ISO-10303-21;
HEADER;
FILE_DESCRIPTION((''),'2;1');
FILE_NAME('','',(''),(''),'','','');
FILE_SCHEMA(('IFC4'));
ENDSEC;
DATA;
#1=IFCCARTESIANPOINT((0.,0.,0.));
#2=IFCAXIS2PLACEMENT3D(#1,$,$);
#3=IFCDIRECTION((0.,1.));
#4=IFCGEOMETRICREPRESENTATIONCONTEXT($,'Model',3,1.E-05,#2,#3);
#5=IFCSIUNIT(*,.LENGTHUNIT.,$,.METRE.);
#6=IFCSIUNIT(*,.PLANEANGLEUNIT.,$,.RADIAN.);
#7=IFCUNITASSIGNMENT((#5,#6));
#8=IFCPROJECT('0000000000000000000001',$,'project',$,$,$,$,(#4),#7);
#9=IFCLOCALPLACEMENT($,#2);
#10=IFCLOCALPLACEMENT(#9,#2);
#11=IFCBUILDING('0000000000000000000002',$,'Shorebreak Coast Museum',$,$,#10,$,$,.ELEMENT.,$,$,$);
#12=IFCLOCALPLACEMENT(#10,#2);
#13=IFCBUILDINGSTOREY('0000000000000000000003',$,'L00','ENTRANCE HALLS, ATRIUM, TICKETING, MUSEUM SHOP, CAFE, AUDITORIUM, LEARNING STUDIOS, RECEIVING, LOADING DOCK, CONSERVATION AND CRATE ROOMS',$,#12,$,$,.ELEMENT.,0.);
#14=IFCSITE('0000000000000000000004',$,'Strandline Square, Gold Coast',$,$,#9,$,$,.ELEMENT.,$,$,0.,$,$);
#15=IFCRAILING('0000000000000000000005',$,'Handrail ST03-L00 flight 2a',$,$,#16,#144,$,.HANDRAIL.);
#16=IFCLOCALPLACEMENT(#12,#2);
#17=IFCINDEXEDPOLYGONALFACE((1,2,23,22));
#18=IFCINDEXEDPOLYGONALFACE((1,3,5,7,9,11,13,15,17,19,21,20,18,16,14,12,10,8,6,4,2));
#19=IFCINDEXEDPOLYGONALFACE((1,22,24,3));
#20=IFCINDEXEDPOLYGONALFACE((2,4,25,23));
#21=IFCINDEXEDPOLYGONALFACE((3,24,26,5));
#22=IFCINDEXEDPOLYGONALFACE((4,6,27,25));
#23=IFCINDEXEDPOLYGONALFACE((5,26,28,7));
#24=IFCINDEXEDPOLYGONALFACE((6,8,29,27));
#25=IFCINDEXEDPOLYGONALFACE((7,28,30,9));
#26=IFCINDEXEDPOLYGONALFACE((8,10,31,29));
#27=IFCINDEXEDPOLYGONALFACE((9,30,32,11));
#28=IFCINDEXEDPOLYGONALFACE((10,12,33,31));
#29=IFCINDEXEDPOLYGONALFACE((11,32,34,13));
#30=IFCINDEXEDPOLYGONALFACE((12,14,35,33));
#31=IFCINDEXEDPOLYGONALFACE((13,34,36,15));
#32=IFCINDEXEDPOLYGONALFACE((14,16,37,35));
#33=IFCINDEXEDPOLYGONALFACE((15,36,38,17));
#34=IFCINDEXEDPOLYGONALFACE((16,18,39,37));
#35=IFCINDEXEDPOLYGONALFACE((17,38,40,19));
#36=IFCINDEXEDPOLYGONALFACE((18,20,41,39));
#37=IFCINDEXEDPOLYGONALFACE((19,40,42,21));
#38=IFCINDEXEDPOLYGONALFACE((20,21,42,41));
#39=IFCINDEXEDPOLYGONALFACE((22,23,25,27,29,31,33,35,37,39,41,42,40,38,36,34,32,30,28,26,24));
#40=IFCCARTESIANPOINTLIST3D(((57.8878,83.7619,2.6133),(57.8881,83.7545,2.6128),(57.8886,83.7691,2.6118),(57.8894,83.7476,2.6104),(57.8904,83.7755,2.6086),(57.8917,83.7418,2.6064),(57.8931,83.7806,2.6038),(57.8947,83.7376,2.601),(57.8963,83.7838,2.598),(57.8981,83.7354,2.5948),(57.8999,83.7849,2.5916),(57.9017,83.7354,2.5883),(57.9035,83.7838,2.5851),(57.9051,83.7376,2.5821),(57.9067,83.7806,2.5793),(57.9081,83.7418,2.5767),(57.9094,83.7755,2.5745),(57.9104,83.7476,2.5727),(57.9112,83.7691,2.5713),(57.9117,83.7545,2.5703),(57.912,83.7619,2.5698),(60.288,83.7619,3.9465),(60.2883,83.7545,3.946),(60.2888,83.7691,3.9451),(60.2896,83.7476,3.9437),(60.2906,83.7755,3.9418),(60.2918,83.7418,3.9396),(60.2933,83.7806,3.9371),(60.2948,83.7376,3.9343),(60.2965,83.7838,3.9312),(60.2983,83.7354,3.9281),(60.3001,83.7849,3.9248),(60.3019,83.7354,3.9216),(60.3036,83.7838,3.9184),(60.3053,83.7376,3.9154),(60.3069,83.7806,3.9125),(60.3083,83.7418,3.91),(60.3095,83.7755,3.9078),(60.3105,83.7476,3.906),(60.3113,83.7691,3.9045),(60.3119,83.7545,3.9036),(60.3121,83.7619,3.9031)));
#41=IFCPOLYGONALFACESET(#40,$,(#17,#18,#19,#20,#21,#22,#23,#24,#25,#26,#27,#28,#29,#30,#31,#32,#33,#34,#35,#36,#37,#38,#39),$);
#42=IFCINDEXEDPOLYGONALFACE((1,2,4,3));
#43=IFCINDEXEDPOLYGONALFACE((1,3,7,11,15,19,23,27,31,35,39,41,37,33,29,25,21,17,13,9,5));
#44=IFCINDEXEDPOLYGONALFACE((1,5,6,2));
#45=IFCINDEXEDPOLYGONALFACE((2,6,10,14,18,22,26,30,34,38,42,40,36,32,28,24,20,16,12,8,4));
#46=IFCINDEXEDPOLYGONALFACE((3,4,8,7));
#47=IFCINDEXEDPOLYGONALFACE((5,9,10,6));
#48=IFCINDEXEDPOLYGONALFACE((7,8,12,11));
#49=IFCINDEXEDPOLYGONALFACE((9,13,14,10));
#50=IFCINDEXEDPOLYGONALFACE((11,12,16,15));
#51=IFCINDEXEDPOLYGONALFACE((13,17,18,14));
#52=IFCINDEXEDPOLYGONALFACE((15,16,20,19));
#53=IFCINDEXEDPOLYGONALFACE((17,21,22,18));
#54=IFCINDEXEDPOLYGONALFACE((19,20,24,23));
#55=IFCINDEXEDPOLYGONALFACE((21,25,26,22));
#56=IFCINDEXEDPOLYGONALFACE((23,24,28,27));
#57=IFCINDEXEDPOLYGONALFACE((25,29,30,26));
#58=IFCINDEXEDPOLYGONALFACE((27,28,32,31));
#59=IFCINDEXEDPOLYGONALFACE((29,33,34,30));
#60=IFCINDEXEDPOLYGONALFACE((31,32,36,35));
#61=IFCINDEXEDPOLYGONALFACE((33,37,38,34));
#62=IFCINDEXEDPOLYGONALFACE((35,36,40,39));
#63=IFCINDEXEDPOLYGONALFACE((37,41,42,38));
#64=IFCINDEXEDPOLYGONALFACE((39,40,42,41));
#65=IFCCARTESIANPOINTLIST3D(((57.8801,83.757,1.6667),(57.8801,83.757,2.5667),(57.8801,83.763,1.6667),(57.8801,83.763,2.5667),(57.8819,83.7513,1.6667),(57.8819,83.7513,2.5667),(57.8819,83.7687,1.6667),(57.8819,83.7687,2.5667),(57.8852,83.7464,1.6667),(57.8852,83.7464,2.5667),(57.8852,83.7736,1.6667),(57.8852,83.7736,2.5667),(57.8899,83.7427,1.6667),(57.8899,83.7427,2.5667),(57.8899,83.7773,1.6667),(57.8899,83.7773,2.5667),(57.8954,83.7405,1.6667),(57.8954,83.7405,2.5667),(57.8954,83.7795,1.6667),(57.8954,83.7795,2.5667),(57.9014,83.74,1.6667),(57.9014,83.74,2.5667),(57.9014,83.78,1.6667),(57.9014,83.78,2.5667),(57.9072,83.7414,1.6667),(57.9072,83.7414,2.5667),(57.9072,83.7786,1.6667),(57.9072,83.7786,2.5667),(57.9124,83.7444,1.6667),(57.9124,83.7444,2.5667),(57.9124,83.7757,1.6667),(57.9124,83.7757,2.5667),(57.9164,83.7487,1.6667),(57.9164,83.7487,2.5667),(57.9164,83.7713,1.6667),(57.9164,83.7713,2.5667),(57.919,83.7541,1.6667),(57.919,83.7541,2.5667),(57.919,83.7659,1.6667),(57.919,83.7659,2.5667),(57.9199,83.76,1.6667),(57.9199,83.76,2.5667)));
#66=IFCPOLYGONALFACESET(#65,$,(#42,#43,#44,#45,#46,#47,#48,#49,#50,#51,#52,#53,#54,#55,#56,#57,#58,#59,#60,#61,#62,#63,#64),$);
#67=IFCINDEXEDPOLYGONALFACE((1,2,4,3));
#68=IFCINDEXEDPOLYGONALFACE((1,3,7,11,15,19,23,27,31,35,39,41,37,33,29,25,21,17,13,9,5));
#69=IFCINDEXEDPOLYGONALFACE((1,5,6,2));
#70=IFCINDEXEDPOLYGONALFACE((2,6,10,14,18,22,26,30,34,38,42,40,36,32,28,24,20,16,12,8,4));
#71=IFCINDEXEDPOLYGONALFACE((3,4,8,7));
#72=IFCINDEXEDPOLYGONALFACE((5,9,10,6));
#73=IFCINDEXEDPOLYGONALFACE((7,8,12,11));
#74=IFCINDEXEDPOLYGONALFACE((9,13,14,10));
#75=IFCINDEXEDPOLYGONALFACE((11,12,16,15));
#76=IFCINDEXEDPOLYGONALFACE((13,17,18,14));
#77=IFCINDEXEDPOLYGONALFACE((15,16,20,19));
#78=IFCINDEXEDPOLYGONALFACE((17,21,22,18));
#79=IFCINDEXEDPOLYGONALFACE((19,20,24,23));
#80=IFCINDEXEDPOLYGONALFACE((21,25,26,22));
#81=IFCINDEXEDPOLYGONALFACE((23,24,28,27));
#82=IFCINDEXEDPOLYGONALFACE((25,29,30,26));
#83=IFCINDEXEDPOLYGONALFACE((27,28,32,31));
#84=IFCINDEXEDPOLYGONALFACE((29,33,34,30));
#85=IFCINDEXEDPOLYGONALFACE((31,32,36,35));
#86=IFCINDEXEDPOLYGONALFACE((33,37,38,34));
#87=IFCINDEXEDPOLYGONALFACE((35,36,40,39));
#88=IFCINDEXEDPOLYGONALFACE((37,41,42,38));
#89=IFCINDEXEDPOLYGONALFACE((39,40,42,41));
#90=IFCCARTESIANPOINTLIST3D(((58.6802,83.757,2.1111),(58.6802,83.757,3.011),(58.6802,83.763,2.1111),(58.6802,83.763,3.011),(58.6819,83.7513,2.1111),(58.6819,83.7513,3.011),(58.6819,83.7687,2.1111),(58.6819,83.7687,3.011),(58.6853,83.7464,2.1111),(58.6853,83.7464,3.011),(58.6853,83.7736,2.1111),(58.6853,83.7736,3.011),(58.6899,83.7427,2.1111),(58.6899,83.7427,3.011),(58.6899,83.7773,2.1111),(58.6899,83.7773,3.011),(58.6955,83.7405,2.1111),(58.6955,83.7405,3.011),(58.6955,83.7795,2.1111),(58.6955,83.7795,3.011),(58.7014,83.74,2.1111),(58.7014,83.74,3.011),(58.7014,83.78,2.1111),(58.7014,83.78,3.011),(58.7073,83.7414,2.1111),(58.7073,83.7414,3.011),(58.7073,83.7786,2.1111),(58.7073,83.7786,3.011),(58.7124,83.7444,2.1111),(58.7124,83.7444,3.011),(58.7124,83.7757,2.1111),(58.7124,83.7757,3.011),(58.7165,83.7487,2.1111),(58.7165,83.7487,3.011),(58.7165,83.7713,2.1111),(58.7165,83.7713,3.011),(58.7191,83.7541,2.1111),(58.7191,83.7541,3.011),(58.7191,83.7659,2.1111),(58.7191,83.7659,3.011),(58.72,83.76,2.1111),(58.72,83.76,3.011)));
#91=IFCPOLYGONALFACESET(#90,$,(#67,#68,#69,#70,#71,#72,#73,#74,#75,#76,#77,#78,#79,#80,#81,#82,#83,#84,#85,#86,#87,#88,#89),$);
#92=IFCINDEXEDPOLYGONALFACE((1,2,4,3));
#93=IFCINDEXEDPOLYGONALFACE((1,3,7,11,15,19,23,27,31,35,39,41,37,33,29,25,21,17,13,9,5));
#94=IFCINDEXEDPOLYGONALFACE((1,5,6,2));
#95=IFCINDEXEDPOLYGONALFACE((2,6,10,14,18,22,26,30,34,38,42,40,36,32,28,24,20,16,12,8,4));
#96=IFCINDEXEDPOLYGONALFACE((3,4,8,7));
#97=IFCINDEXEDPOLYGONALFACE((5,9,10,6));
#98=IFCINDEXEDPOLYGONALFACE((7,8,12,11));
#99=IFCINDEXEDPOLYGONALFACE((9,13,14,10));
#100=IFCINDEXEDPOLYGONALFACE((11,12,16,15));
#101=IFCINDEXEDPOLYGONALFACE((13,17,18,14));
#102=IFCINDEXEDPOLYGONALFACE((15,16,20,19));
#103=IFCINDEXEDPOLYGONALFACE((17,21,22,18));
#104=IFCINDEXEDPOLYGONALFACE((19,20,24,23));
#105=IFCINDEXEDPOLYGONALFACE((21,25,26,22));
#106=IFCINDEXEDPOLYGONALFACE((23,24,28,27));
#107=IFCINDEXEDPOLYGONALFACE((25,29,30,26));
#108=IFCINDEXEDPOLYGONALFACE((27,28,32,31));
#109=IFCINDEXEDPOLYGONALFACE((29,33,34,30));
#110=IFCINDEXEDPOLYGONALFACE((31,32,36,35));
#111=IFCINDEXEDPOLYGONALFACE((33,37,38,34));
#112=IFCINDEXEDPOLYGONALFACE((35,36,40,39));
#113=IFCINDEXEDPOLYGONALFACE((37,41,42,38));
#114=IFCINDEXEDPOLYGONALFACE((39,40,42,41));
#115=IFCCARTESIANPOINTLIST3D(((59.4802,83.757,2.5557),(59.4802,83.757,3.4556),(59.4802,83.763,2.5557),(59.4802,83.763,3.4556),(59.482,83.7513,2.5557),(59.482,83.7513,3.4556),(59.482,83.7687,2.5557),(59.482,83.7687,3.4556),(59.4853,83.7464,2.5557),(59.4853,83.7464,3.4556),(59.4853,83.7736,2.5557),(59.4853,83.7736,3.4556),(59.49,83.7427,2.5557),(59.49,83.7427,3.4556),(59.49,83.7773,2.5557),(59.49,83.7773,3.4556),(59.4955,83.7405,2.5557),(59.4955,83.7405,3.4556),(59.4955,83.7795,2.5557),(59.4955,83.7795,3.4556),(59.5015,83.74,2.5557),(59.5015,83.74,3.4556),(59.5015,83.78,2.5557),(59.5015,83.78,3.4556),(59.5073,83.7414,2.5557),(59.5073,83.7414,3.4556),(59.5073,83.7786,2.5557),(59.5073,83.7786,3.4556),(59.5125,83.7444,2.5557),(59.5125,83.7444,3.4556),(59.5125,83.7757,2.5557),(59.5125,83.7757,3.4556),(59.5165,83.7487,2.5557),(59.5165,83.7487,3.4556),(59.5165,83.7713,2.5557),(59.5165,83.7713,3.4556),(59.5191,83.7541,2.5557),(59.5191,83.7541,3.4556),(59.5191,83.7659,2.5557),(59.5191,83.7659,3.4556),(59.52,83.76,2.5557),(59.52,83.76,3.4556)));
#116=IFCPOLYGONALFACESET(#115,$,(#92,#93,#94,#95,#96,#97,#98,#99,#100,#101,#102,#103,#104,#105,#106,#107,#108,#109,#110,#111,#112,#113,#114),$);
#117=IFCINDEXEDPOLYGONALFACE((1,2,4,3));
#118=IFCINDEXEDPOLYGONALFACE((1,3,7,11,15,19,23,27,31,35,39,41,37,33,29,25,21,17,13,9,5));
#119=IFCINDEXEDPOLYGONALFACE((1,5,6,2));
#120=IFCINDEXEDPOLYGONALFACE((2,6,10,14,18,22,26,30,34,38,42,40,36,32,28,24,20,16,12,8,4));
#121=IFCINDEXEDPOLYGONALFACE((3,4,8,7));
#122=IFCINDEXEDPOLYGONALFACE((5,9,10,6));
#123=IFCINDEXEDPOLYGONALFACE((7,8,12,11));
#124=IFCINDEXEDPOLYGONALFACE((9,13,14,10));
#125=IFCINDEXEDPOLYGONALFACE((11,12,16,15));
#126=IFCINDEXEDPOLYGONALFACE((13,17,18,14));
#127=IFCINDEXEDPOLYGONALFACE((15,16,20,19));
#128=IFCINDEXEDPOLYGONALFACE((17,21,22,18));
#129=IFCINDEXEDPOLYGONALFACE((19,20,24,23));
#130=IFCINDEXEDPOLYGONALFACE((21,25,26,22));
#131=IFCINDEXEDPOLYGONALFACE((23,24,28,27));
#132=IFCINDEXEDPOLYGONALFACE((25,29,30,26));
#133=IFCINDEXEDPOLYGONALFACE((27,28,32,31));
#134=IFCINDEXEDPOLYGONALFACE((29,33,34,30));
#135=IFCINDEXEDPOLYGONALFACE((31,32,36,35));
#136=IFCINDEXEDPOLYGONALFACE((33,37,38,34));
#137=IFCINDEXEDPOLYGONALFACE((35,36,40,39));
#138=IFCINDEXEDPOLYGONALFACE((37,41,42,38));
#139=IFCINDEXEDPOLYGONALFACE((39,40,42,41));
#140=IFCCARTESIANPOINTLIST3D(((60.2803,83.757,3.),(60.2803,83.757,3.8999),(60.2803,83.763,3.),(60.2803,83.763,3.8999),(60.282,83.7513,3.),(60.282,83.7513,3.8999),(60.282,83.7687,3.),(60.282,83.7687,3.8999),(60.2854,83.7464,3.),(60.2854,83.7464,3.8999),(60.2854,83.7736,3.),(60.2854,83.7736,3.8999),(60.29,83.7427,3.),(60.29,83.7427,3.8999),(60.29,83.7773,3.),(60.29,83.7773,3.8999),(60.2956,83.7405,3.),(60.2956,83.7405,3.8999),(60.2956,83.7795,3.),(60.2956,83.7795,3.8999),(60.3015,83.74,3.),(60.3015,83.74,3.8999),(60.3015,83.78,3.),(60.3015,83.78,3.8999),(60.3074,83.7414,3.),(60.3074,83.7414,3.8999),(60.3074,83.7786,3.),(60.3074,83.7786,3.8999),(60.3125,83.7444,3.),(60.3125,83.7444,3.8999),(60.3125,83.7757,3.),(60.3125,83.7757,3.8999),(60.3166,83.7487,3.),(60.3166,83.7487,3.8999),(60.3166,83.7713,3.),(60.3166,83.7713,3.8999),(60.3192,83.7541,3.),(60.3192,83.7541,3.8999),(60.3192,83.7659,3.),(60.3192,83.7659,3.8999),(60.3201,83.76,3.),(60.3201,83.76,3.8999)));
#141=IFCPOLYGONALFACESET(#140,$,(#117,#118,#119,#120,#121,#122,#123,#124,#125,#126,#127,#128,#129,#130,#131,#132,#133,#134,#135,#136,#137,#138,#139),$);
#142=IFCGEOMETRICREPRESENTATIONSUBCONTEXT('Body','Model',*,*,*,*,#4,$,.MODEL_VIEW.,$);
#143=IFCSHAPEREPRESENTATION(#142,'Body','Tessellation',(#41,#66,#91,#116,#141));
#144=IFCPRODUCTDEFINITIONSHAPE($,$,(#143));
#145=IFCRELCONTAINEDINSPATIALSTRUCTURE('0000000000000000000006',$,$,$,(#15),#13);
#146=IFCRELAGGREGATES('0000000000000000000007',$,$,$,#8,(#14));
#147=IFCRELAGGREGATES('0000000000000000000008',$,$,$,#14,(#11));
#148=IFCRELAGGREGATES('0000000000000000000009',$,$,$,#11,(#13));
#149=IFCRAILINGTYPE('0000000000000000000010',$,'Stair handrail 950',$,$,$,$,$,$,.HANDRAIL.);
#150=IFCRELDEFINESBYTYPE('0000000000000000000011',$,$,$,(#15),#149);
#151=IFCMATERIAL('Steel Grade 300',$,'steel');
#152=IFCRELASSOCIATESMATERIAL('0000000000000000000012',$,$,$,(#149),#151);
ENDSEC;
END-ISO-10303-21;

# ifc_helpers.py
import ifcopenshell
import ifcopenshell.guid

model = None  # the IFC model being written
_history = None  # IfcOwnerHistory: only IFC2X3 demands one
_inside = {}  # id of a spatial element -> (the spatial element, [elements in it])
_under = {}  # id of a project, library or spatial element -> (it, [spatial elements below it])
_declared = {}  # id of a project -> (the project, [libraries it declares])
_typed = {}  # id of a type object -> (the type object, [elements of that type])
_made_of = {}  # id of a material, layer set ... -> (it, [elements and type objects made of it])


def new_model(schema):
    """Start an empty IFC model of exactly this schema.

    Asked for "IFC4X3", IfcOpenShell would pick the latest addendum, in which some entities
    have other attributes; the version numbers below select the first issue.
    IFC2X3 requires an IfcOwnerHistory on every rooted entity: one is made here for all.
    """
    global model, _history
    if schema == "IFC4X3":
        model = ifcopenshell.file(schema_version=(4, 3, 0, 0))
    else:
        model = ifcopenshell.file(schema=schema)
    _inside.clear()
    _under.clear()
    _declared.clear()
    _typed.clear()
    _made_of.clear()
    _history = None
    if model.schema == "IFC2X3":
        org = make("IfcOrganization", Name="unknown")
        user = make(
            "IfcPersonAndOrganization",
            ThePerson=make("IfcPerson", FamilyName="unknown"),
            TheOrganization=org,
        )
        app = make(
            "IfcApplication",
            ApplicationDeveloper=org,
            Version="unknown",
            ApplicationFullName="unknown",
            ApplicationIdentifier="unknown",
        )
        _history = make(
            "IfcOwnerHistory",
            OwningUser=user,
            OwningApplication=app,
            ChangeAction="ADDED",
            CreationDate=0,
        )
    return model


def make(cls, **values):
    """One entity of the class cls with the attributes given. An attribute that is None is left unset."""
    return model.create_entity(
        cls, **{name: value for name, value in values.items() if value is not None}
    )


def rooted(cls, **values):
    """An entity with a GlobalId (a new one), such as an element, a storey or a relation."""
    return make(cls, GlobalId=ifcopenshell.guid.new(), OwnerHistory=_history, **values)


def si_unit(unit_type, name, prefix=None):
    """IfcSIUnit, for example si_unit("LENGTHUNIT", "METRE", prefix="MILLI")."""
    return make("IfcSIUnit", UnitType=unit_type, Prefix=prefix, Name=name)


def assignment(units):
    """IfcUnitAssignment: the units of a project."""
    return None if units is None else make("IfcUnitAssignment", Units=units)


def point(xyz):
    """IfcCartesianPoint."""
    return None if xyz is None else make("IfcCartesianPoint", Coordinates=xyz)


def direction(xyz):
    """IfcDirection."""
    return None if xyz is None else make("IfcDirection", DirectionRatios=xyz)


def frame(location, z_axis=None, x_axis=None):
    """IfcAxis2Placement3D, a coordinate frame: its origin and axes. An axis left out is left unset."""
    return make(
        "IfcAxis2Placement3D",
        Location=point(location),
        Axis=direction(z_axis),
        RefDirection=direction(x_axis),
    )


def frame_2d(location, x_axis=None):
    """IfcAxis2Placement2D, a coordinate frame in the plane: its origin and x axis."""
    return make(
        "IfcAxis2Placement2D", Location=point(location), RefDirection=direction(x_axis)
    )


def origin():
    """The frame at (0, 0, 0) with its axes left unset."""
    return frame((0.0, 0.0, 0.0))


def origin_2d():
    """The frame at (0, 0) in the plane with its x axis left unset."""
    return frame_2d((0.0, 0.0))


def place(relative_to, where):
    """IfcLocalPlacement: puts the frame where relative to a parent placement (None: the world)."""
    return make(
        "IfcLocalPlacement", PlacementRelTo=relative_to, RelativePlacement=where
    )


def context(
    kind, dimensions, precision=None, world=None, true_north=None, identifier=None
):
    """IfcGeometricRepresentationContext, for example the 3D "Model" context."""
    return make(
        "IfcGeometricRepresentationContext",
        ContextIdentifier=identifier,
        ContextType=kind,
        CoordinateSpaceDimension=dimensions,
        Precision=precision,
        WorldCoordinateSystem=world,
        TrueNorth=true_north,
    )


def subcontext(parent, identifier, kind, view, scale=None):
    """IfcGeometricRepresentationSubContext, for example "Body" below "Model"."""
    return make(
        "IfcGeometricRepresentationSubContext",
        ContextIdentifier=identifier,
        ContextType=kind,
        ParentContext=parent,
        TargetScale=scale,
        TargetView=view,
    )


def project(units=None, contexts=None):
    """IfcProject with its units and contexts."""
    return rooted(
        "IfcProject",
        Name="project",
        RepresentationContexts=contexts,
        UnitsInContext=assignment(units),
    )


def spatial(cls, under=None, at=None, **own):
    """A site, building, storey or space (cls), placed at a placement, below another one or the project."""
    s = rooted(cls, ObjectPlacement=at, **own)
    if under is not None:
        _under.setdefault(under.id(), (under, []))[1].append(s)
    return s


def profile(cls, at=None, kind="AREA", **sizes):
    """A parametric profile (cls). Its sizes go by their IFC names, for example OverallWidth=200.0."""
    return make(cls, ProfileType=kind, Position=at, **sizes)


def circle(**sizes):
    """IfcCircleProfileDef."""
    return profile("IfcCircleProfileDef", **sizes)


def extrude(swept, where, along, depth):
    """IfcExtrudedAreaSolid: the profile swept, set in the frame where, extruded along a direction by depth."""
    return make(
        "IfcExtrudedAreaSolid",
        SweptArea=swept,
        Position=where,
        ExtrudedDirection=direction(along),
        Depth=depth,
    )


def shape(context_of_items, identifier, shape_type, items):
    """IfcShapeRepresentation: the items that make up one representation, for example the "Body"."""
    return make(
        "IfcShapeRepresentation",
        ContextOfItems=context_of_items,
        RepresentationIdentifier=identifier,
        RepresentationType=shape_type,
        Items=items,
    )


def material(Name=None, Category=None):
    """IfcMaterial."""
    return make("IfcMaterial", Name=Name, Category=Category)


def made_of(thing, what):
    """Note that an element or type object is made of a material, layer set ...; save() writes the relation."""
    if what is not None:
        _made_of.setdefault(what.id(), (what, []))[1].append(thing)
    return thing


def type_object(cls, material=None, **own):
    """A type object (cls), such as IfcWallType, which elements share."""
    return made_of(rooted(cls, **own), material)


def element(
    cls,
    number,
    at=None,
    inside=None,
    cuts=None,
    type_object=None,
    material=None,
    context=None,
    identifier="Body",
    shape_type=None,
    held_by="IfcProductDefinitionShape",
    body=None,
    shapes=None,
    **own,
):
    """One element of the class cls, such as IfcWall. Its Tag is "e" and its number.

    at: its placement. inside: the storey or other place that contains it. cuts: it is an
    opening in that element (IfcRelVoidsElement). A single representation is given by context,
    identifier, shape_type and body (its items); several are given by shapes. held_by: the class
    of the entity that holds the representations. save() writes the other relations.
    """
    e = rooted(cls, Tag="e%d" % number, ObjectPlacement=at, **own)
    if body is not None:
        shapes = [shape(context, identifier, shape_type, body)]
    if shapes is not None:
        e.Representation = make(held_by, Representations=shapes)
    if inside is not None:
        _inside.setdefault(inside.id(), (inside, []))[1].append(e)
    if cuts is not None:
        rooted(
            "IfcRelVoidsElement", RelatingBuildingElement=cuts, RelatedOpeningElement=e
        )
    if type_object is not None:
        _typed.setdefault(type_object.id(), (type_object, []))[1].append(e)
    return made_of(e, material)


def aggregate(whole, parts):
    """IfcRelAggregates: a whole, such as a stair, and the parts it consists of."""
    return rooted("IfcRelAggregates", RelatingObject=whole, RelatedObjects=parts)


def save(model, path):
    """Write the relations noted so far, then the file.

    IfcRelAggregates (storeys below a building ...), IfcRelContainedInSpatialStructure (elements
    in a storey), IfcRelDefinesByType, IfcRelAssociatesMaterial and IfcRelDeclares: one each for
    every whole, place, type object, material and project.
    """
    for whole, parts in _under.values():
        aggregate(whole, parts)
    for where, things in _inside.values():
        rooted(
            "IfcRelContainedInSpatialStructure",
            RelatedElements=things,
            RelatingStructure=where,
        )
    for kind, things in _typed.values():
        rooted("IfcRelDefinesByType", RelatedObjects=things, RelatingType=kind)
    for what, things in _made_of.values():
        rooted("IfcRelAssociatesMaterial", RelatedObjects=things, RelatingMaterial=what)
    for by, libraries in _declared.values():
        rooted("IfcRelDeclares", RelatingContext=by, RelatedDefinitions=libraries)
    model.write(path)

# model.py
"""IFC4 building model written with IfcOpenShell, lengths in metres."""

from ifc_helpers import new_model, si_unit, direction, frame, origin, origin_2d, place, context, subcontext, project, spatial, circle, extrude, material, type_object, element, save


model = new_model("IFC4")

# Units and contexts
model_context = context("Model", 3, precision=1e-05, world=origin(), true_north=direction((0.0, 1.0)))
body_context = subcontext(model_context, "Body", "Model", "MODEL_VIEW")
ifc_project = project(units=[si_unit("LENGTHUNIT", "METRE"), si_unit("PLANEANGLEUNIT", "RADIAN")], contexts=[model_context])

# Site, building, storey
site_placement = place(None, origin())
site = spatial("IfcSite", under=ifc_project, at=site_placement, Name="Strandline Square, Gold Coast", CompositionType="ELEMENT", RefElevation=0.0)
building_placement = place(site_placement, origin())
building = spatial("IfcBuilding", under=site, at=building_placement, Name="Shorebreak Coast Museum", CompositionType="ELEMENT")
storey_placement = place(building_placement, origin())
storey = spatial("IfcBuildingStorey", under=building, at=storey_placement, Name="L00", Description="ENTRANCE HALLS, ATRIUM, TICKETING, MUSEUM SHOP, CAFE, AUDITORIUM, LEARNING STUDIOS, RECEIVING, LOADING DOCK, CONSERVATION AND CRATE ROOMS", CompositionType="ELEMENT", Elevation=0.0)

# Railing
ifc_material_1 = material(Name="Steel Grade 300", Category="steel")
railing_type_1 = type_object("IfcRailingType", Name="Stair handrail 950", PredefinedType="HANDRAIL", material=ifc_material_1)
for number, where, name in (
    (1, (57.8999, 83.76, 1.6667), "Handrail ST03-L00 flight 2a"),
):
    element("IfcRailing", number, at=place(storey_placement, frame(where)), inside=storey, type_object=railing_type_1, Name=name, PredefinedType="HANDRAIL", context=body_context, shape_type="SweptSolid", body=[
        extrude(circle(Radius=0.0249, at=origin_2d()), frame((0.0, 0.0, 0.9248), z_axis=(0.874182, 0.0, 0.485598), x_axis=(0.0, 1.0, 0.0)), (0.0, 0.0, 1.0), 2.7456),
        extrude(circle(Radius=0.02, at=origin_2d()), origin(), (0.0, 0.0, 1.0), 0.8999),
        extrude(circle(Radius=0.02, at=origin_2d()), frame((0.8, 0.0, 0.4443)), (0.0, 0.0, 1.0), 0.8999),
        extrude(circle(Radius=0.02, at=origin_2d()), frame((1.6001, 0.0, 0.8889)), (0.0, 0.0, 1.0), 0.8999),
        extrude(circle(Radius=0.02, at=origin_2d()), frame((2.4001, 0.0, 1.3333)), (0.0, 0.0, 1.0), 0.8999),
    ])

save(model, "model.ifc")
